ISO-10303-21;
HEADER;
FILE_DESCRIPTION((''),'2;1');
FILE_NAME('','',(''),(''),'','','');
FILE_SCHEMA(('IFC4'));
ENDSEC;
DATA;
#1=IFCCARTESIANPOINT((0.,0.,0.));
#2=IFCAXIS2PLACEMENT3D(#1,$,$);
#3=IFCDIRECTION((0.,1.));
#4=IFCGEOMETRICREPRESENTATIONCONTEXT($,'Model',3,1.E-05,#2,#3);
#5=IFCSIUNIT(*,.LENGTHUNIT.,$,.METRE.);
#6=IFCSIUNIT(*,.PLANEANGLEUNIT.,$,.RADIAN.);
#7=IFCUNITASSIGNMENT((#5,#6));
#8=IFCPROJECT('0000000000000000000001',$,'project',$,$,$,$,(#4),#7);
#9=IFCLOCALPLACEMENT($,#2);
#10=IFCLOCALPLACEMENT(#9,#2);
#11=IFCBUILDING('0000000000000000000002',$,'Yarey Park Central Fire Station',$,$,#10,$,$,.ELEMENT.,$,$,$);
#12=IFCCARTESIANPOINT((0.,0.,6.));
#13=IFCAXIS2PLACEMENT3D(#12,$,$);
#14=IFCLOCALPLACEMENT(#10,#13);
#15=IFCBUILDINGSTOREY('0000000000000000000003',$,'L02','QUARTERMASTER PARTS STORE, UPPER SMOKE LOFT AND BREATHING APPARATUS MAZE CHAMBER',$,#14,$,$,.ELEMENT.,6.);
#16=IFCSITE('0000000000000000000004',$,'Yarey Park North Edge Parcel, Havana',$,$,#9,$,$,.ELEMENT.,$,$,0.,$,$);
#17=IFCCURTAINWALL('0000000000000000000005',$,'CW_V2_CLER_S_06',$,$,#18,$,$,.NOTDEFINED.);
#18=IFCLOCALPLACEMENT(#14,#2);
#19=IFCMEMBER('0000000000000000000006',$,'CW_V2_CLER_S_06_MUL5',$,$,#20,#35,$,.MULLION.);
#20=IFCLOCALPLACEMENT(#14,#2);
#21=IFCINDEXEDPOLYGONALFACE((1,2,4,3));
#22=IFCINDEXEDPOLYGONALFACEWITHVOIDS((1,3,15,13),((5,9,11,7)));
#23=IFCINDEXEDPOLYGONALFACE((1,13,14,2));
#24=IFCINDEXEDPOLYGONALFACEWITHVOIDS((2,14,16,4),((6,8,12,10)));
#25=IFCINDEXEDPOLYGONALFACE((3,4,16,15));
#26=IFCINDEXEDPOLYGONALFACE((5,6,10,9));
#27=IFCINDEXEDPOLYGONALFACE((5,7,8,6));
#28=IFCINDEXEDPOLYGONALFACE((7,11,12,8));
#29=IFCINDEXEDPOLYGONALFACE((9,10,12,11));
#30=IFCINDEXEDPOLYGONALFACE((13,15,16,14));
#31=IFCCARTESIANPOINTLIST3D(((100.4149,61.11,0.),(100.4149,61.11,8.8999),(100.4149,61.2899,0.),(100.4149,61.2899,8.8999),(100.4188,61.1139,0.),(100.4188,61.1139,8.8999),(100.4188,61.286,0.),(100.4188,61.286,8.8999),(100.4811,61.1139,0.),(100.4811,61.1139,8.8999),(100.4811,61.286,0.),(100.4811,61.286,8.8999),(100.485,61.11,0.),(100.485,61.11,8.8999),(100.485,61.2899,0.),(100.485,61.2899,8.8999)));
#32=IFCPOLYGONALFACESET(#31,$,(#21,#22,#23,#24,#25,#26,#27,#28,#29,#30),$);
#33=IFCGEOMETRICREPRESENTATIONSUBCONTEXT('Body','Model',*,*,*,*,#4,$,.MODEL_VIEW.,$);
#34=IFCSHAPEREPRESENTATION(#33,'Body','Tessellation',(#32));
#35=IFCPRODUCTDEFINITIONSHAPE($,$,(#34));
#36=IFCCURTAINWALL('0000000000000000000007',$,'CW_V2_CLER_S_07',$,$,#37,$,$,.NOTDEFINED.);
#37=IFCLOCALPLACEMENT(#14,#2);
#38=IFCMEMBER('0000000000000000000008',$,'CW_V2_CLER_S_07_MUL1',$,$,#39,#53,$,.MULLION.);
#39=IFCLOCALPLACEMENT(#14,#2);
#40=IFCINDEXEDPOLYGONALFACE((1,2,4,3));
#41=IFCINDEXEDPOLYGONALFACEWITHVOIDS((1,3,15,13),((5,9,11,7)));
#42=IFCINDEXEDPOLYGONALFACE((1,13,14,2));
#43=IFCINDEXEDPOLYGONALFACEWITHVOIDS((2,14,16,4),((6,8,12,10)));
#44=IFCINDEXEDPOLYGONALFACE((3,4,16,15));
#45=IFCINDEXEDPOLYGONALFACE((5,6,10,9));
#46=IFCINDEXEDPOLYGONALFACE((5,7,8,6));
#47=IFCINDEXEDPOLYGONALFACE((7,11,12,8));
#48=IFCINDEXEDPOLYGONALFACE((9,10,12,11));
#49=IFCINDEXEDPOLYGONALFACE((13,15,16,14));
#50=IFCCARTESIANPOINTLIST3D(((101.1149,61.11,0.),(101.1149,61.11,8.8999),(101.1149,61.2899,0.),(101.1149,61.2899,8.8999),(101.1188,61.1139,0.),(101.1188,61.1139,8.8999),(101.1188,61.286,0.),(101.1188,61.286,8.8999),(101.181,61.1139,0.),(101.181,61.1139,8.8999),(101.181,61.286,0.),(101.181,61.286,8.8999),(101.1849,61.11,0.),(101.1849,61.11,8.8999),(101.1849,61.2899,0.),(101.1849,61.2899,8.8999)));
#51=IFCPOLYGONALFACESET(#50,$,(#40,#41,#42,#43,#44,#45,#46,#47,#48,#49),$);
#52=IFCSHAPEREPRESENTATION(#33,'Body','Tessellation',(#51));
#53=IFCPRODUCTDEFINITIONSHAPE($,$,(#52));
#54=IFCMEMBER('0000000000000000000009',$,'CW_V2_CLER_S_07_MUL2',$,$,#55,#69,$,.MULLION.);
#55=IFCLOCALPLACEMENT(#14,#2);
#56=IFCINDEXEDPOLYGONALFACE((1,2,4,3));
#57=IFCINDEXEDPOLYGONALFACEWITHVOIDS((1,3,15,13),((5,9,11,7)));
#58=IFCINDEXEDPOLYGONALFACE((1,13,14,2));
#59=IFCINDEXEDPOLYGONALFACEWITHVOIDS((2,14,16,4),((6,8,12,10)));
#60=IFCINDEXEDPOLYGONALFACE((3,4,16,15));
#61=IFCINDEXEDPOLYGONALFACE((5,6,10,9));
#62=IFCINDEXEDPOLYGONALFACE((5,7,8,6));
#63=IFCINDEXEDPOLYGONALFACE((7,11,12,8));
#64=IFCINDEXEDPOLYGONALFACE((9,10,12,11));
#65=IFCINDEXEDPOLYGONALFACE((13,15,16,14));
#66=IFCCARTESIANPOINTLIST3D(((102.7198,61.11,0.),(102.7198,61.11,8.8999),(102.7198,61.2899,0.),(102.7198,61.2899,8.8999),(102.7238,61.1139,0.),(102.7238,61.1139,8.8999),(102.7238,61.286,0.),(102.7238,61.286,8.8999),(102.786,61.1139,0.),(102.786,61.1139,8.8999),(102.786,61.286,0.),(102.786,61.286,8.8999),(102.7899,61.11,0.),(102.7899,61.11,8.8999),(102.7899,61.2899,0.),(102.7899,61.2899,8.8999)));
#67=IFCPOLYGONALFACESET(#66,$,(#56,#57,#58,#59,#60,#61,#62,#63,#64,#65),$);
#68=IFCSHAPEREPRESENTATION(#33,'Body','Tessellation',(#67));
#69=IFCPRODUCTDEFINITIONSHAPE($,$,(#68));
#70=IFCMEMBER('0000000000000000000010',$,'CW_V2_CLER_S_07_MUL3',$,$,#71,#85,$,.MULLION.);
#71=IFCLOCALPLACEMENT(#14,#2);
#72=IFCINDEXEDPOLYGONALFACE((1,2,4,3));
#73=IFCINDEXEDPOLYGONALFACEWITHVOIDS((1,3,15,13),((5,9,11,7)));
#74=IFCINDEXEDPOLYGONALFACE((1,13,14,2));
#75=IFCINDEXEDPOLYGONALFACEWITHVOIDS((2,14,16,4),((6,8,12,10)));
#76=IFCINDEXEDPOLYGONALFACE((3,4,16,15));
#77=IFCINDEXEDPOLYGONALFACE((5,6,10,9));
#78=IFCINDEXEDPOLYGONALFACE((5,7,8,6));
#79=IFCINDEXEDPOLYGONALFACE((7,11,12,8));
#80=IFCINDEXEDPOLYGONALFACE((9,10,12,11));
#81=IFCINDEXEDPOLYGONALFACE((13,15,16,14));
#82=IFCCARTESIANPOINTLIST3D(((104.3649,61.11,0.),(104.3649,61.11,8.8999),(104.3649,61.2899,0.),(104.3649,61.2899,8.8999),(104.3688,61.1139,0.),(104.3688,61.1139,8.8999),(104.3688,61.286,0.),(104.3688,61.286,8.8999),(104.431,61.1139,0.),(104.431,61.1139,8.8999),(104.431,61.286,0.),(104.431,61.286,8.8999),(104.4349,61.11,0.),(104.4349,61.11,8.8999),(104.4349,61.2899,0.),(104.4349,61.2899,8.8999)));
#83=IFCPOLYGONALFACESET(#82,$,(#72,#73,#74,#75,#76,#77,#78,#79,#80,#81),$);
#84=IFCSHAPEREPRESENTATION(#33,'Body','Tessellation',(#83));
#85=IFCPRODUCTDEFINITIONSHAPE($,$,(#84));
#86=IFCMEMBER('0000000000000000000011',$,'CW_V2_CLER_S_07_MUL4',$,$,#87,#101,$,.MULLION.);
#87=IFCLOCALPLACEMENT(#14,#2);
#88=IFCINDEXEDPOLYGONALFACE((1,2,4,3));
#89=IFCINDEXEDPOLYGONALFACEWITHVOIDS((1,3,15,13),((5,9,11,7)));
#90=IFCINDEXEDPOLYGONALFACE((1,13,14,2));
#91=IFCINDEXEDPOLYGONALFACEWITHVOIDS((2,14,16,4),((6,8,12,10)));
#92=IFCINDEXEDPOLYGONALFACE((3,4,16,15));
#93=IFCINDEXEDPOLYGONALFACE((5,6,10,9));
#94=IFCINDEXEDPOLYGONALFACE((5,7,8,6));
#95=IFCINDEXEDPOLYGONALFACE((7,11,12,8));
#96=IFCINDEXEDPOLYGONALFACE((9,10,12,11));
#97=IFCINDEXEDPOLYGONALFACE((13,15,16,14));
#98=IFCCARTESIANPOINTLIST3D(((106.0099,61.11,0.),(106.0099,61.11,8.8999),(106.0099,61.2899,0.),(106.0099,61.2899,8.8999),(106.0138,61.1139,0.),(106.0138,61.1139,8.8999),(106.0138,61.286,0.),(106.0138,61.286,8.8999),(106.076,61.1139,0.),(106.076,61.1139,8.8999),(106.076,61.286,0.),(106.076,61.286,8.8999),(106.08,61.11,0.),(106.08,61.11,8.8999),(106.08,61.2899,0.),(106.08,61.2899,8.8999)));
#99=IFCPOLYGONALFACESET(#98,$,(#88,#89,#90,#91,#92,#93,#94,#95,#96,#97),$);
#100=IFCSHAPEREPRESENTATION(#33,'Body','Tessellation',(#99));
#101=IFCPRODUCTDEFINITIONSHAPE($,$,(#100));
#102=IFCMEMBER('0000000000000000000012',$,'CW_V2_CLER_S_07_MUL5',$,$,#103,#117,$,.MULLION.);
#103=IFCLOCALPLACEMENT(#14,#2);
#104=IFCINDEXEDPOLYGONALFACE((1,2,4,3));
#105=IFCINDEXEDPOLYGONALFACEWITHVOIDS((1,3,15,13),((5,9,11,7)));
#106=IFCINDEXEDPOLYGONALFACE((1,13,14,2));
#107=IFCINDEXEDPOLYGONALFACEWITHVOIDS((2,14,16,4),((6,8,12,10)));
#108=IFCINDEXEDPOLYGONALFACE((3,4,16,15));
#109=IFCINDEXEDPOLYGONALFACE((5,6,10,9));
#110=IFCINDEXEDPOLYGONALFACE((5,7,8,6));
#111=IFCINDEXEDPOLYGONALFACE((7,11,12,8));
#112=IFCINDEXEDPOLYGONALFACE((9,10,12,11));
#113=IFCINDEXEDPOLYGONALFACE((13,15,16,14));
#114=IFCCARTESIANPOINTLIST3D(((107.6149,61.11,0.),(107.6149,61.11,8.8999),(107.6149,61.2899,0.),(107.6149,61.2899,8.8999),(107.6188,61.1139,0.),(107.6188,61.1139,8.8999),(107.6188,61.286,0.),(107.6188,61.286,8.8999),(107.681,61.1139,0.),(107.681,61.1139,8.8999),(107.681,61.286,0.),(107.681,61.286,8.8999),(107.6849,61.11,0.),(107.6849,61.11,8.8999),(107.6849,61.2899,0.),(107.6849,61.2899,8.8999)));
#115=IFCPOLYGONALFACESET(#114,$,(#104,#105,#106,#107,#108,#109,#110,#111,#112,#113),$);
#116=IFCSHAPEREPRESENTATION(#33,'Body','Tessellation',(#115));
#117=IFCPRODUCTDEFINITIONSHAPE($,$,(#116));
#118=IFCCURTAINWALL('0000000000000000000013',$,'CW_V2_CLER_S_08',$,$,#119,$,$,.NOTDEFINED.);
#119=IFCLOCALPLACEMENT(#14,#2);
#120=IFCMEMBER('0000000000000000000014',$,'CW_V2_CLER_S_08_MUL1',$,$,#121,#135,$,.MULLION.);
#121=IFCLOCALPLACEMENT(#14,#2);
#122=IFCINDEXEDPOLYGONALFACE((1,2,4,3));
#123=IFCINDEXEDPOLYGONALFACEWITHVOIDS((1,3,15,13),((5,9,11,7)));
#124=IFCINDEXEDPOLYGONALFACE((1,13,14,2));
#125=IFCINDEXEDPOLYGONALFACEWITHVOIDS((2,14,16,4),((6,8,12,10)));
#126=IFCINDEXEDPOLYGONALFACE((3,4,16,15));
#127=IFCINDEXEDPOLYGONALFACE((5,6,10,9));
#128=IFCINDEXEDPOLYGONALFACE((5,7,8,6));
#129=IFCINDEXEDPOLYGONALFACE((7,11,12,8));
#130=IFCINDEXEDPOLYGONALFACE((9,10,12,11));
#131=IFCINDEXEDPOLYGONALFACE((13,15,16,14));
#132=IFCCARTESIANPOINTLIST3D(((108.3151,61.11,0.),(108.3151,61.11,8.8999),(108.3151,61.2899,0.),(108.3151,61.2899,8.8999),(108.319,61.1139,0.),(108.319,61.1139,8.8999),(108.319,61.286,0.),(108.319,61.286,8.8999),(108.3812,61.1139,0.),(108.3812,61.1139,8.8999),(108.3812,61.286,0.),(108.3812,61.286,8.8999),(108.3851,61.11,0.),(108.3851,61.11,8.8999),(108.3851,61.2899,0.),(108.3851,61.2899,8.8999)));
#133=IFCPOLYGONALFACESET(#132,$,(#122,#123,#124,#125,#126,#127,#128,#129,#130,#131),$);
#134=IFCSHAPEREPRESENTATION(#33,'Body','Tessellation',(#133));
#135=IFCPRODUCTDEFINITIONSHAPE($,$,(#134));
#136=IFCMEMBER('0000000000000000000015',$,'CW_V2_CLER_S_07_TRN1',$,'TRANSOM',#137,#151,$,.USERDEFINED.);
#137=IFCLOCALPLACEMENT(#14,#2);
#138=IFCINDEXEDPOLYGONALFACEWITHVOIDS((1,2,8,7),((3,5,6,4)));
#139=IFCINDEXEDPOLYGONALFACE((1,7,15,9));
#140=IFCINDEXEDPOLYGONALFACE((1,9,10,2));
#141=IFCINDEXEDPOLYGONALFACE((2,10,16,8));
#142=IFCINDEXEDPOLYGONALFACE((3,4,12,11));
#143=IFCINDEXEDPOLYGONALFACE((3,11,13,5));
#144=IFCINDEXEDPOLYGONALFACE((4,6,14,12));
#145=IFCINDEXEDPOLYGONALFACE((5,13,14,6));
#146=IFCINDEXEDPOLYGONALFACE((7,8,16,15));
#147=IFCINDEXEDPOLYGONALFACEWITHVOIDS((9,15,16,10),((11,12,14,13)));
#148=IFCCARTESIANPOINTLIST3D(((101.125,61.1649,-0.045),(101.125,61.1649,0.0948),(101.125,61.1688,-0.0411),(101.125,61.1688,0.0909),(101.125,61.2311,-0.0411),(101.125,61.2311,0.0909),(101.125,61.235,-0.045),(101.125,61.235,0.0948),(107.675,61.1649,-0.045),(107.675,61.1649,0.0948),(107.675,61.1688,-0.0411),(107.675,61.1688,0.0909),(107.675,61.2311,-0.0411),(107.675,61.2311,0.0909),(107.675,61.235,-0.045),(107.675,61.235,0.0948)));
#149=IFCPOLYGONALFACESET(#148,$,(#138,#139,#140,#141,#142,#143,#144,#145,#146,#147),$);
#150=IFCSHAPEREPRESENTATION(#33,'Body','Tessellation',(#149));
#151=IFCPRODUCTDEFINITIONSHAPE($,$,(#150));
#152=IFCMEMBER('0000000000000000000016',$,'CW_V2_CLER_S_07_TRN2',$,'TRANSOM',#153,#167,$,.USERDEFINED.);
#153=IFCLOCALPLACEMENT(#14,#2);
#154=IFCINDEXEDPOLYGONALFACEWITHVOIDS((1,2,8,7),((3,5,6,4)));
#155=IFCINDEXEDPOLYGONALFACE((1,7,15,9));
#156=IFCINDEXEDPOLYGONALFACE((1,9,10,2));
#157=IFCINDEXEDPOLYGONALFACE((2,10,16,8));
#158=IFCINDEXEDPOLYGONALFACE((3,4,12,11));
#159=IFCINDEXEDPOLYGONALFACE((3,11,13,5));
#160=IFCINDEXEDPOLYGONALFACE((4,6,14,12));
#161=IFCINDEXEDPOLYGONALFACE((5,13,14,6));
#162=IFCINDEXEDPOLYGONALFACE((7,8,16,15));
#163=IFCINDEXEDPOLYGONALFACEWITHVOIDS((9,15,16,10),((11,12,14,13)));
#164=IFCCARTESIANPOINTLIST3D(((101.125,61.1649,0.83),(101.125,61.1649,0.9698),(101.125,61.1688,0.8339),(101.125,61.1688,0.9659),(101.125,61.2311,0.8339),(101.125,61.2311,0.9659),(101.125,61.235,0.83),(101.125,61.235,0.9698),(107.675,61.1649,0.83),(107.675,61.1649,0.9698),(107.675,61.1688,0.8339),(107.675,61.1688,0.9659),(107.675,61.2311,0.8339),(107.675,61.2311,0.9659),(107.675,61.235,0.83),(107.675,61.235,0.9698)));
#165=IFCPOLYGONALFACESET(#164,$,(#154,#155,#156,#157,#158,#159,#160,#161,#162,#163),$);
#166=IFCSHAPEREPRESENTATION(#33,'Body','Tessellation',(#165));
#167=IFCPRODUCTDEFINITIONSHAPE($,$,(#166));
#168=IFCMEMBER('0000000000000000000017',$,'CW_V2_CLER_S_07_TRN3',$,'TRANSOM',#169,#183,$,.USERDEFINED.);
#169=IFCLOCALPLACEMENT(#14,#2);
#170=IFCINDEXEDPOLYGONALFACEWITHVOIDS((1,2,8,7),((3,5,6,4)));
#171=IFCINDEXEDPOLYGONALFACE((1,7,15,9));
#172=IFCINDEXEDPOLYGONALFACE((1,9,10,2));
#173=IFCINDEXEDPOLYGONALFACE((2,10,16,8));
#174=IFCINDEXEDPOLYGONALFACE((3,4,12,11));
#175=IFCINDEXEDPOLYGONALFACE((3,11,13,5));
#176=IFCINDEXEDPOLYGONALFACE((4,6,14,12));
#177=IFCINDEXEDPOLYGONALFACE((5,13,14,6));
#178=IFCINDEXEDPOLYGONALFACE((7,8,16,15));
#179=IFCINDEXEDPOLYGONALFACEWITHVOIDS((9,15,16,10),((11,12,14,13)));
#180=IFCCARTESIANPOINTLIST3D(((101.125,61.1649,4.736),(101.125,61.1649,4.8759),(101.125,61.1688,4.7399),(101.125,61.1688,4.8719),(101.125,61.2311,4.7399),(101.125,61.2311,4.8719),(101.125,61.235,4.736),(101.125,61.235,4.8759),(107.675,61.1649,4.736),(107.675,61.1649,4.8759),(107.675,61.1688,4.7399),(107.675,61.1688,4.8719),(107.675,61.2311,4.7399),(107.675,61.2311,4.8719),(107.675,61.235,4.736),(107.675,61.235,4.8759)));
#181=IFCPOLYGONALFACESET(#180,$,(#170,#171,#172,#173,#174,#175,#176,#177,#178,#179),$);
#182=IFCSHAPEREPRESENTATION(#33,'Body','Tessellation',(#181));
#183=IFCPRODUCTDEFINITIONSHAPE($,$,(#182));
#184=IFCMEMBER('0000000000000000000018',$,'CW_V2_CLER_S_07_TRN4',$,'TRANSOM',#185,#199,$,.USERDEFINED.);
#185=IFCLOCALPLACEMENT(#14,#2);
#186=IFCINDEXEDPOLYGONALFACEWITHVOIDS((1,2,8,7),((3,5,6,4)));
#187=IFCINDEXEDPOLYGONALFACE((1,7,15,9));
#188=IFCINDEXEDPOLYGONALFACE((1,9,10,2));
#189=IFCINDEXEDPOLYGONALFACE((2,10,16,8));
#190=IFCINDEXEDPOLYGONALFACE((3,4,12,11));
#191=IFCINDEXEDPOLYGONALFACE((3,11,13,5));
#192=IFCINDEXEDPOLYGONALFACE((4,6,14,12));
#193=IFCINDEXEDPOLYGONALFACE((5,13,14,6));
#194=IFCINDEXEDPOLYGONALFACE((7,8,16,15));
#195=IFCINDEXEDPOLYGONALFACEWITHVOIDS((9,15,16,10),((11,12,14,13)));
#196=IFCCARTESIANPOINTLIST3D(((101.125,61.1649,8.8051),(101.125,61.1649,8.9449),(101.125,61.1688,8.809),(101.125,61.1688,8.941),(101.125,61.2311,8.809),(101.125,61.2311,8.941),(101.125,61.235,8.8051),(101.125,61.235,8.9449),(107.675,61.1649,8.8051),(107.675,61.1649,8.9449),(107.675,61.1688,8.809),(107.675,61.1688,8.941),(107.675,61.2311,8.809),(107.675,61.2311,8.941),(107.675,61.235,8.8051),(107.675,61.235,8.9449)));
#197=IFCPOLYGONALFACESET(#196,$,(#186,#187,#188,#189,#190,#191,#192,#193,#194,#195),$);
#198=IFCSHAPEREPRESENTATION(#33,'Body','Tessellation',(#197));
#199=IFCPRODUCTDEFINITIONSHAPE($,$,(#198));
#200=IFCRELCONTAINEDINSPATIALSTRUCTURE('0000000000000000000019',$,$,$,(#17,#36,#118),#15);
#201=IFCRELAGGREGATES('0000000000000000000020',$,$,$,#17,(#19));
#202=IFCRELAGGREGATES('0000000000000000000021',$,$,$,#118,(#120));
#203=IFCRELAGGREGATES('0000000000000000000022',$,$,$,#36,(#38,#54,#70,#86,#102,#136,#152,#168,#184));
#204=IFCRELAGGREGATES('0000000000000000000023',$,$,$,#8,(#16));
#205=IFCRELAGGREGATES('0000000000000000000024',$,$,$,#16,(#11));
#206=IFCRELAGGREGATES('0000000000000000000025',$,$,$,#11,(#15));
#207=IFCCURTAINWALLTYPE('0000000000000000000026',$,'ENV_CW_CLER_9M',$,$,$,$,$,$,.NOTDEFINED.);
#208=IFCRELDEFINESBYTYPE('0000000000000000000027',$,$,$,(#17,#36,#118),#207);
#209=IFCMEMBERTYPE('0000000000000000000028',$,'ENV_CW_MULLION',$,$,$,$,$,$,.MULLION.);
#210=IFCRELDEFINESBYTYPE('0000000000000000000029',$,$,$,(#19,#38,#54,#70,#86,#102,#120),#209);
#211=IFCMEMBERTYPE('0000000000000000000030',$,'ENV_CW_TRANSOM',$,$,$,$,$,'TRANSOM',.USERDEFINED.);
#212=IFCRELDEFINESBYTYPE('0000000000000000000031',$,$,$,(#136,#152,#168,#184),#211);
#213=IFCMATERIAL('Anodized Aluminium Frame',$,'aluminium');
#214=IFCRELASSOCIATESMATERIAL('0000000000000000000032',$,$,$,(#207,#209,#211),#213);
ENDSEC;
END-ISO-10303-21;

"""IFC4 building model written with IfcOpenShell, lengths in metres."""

from ifc_helpers import new_model, si_unit, direction, frame, origin, origin_2d, place, context, subcontext, project, spatial, hollow_rectangle, extrude, material, material_profile, profile_set, type_object, element, aggregate, save


model = new_model("IFC4")

# Units and contexts
model_context = context("Model", 3, precision=1e-05, world=origin(), true_north=direction((0.0, 1.0)))
body_context = subcontext(model_context, "Body", "Model", "MODEL_VIEW")
ifc_project = project(units=[si_unit("LENGTHUNIT", "METRE"), si_unit("PLANEANGLEUNIT", "RADIAN")], contexts=[model_context])

# Site, building, storey
site_placement = place(None, origin())
site = spatial("IfcSite", under=ifc_project, at=site_placement, Name="Yarey Park North Edge Parcel, Havana", CompositionType="ELEMENT", RefElevation=0.0)
building_placement = place(site_placement, origin())
building = spatial("IfcBuilding", under=site, at=building_placement, Name="Yarey Park Central Fire Station", CompositionType="ELEMENT")
storey_placement = place(building_placement, frame((0.0, 0.0, 6.0)))
storey = spatial("IfcBuildingStorey", under=building, at=storey_placement, Name="L02", Description="QUARTERMASTER PARTS STORE, UPPER SMOKE LOFT AND BREATHING APPARATUS MAZE CHAMBER", CompositionType="ELEMENT", Elevation=6.0)

# Curtain wall, member
ifc_material_1 = material(Name="Anodized Aluminium Frame", Category="aluminium")
curtain_wall_type = type_object("IfcCurtainWallType", Name="ENV_CW_CLER_9M", PredefinedType="NOTDEFINED", material=ifc_material_1)
curtain_wall_1_placement = place(storey_placement, origin())
curtain_wall_1 = element("IfcCurtainWall", 1, at=curtain_wall_1_placement, inside=storey, type_object=curtain_wall_type, Name="CW_V2_CLER_S_06", PredefinedType="NOTDEFINED")
ifc_material_profile_1 = material_profile(ifc_material_1, hollow_rectangle(XDim=0.0701, YDim=0.1799, WallThickness=0.0039, at=origin_2d()), Name="ALU 180x70x4")
ifc_profile_set_1 = profile_set([ifc_material_profile_1], Name="Anodized Aluminium Frame")
member_type_1 = type_object("IfcMemberType", Name="ENV_CW_MULLION", PredefinedType="MULLION", material=ifc_profile_set_1)
member_1_placement = place(storey_placement, frame((100.45, 61.2, 0.0), z_axis=(0.0, 0.0, 1.0), x_axis=(1.0, 0.0, 0.0)))
member_1 = element("IfcMember", 2, at=member_1_placement, type_object=member_type_1, Name="CW_V2_CLER_S_06_MUL5", PredefinedType="MULLION", context=body_context, shape_type="SweptSolid", body=[
    extrude(hollow_rectangle(XDim=0.0701, YDim=0.1799, WallThickness=0.0039, at=origin_2d()), origin(), (0.0, 0.0, 1.0), 8.8999),
])
aggregate(curtain_wall_1, [member_1])

# Curtain wall, members
curtain_wall_2_placement = place(storey_placement, origin())
curtain_wall_2 = element("IfcCurtainWall", 3, at=curtain_wall_2_placement, inside=storey, type_object=curtain_wall_type, Name="CW_V2_CLER_S_07", PredefinedType="NOTDEFINED")
member_2_placement = place(storey_placement, frame((101.1499, 61.2, 0.0), z_axis=(0.0, 0.0, 1.0), x_axis=(1.0, 0.0, 0.0)))
member_2 = element("IfcMember", 4, at=member_2_placement, type_object=member_type_1, Name="CW_V2_CLER_S_07_MUL1", PredefinedType="MULLION", context=body_context, shape_type="SweptSolid", body=[
    extrude(hollow_rectangle(XDim=0.0701, YDim=0.1799, WallThickness=0.0039, at=origin_2d()), origin(), (0.0, 0.0, 1.0), 8.8999),
])
member_3_placement = place(storey_placement, frame((102.7549, 61.2, 0.0), z_axis=(0.0, 0.0, 1.0), x_axis=(1.0, 0.0, 0.0)))
member_3 = element("IfcMember", 5, at=member_3_placement, type_object=member_type_1, Name="CW_V2_CLER_S_07_MUL2", PredefinedType="MULLION", context=body_context, shape_type="SweptSolid", body=[
    extrude(hollow_rectangle(XDim=0.0701, YDim=0.1799, WallThickness=0.0039, at=origin_2d()), origin(), (0.0, 0.0, 1.0), 8.8999),
])
member_4_placement = place(storey_placement, frame((104.3999, 61.2, 0.0), z_axis=(0.0, 0.0, 1.0), x_axis=(1.0, 0.0, 0.0)))
member_4 = element("IfcMember", 6, at=member_4_placement, type_object=member_type_1, Name="CW_V2_CLER_S_07_MUL3", PredefinedType="MULLION", context=body_context, shape_type="SweptSolid", body=[
    extrude(hollow_rectangle(XDim=0.0701, YDim=0.1799, WallThickness=0.0039, at=origin_2d()), origin(), (0.0, 0.0, 1.0), 8.8999),
])
member_5_placement = place(storey_placement, frame((106.0449, 61.2, 0.0), z_axis=(0.0, 0.0, 1.0), x_axis=(1.0, 0.0, 0.0)))
member_5 = element("IfcMember", 7, at=member_5_placement, type_object=member_type_1, Name="CW_V2_CLER_S_07_MUL4", PredefinedType="MULLION", context=body_context, shape_type="SweptSolid", body=[
    extrude(hollow_rectangle(XDim=0.0701, YDim=0.1799, WallThickness=0.0039, at=origin_2d()), origin(), (0.0, 0.0, 1.0), 8.8999),
])
member_6_placement = place(storey_placement, frame((107.6499, 61.2, 0.0), z_axis=(0.0, 0.0, 1.0), x_axis=(1.0, 0.0, 0.0)))
member_6 = element("IfcMember", 8, at=member_6_placement, type_object=member_type_1, Name="CW_V2_CLER_S_07_MUL5", PredefinedType="MULLION", context=body_context, shape_type="SweptSolid", body=[
    extrude(hollow_rectangle(XDim=0.0701, YDim=0.1799, WallThickness=0.0039, at=origin_2d()), origin(), (0.0, 0.0, 1.0), 8.8999),
])

# Curtain wall, member
curtain_wall_3_placement = place(storey_placement, origin())
curtain_wall_3 = element("IfcCurtainWall", 9, at=curtain_wall_3_placement, inside=storey, type_object=curtain_wall_type, Name="CW_V2_CLER_S_08", PredefinedType="NOTDEFINED")
member_7_placement = place(storey_placement, frame((108.3501, 61.2, 0.0), z_axis=(0.0, 0.0, 1.0), x_axis=(1.0, 0.0, 0.0)))
member_7 = element("IfcMember", 10, at=member_7_placement, type_object=member_type_1, Name="CW_V2_CLER_S_08_MUL1", PredefinedType="MULLION", context=body_context, shape_type="SweptSolid", body=[
    extrude(hollow_rectangle(XDim=0.0701, YDim=0.1799, WallThickness=0.0039, at=origin_2d()), origin(), (0.0, 0.0, 1.0), 8.8999),
])

# Members
ifc_material_profile_2 = material_profile(ifc_material_1, hollow_rectangle(XDim=0.0701, YDim=0.1399, WallThickness=0.0039, at=origin_2d()), Name="ALU 140x70x4")
ifc_profile_set_2 = profile_set([ifc_material_profile_2], Name="Anodized Aluminium Frame")
member_type_2 = type_object("IfcMemberType", Name="ENV_CW_TRANSOM", ElementType="TRANSOM", PredefinedType="USERDEFINED", material=ifc_profile_set_2)
member_8_placement = place(storey_placement, frame((101.125, 61.2, 0.0249), z_axis=(1.0, 0.0, 0.0), x_axis=(0.0, 1.0, 0.0)))
member_8 = element("IfcMember", 11, at=member_8_placement, type_object=member_type_2, Name="CW_V2_CLER_S_07_TRN1", ObjectType="TRANSOM", PredefinedType="USERDEFINED", context=body_context, shape_type="SweptSolid", body=[
    extrude(hollow_rectangle(XDim=0.0701, YDim=0.1399, WallThickness=0.0039, at=origin_2d()), origin(), (0.0, 0.0, 1.0), 6.55),
])
member_9_placement = place(storey_placement, frame((101.125, 61.2, 0.8999), z_axis=(1.0, 0.0, 0.0), x_axis=(0.0, 1.0, 0.0)))
member_9 = element("IfcMember", 12, at=member_9_placement, type_object=member_type_2, Name="CW_V2_CLER_S_07_TRN2", ObjectType="TRANSOM", PredefinedType="USERDEFINED", context=body_context, shape_type="SweptSolid", body=[
    extrude(hollow_rectangle(XDim=0.0701, YDim=0.1399, WallThickness=0.0039, at=origin_2d()), origin(), (0.0, 0.0, 1.0), 6.55),
])
member_10_placement = place(storey_placement, frame((101.125, 61.2, 4.8059), z_axis=(1.0, 0.0, 0.0), x_axis=(0.0, 1.0, 0.0)))
member_10 = element("IfcMember", 13, at=member_10_placement, type_object=member_type_2, Name="CW_V2_CLER_S_07_TRN3", ObjectType="TRANSOM", PredefinedType="USERDEFINED", context=body_context, shape_type="SweptSolid", body=[
    extrude(hollow_rectangle(XDim=0.0701, YDim=0.1399, WallThickness=0.0039, at=origin_2d()), origin(), (0.0, 0.0, 1.0), 6.55),
])
member_11_placement = place(storey_placement, frame((101.125, 61.2, 8.875), z_axis=(1.0, 0.0, 0.0), x_axis=(0.0, 1.0, 0.0)))
member_11 = element("IfcMember", 14, at=member_11_placement, type_object=member_type_2, Name="CW_V2_CLER_S_07_TRN4", ObjectType="TRANSOM", PredefinedType="USERDEFINED", context=body_context, shape_type="SweptSolid", body=[
    extrude(hollow_rectangle(XDim=0.0701, YDim=0.1399, WallThickness=0.0039, at=origin_2d()), origin(), (0.0, 0.0, 1.0), 6.55),
])

aggregate(curtain_wall_3, [member_7])
aggregate(curtain_wall_2, [member_2, member_3, member_4, member_5, member_6, member_8, member_9, member_10, member_11])

save(model, "model.ifc")
